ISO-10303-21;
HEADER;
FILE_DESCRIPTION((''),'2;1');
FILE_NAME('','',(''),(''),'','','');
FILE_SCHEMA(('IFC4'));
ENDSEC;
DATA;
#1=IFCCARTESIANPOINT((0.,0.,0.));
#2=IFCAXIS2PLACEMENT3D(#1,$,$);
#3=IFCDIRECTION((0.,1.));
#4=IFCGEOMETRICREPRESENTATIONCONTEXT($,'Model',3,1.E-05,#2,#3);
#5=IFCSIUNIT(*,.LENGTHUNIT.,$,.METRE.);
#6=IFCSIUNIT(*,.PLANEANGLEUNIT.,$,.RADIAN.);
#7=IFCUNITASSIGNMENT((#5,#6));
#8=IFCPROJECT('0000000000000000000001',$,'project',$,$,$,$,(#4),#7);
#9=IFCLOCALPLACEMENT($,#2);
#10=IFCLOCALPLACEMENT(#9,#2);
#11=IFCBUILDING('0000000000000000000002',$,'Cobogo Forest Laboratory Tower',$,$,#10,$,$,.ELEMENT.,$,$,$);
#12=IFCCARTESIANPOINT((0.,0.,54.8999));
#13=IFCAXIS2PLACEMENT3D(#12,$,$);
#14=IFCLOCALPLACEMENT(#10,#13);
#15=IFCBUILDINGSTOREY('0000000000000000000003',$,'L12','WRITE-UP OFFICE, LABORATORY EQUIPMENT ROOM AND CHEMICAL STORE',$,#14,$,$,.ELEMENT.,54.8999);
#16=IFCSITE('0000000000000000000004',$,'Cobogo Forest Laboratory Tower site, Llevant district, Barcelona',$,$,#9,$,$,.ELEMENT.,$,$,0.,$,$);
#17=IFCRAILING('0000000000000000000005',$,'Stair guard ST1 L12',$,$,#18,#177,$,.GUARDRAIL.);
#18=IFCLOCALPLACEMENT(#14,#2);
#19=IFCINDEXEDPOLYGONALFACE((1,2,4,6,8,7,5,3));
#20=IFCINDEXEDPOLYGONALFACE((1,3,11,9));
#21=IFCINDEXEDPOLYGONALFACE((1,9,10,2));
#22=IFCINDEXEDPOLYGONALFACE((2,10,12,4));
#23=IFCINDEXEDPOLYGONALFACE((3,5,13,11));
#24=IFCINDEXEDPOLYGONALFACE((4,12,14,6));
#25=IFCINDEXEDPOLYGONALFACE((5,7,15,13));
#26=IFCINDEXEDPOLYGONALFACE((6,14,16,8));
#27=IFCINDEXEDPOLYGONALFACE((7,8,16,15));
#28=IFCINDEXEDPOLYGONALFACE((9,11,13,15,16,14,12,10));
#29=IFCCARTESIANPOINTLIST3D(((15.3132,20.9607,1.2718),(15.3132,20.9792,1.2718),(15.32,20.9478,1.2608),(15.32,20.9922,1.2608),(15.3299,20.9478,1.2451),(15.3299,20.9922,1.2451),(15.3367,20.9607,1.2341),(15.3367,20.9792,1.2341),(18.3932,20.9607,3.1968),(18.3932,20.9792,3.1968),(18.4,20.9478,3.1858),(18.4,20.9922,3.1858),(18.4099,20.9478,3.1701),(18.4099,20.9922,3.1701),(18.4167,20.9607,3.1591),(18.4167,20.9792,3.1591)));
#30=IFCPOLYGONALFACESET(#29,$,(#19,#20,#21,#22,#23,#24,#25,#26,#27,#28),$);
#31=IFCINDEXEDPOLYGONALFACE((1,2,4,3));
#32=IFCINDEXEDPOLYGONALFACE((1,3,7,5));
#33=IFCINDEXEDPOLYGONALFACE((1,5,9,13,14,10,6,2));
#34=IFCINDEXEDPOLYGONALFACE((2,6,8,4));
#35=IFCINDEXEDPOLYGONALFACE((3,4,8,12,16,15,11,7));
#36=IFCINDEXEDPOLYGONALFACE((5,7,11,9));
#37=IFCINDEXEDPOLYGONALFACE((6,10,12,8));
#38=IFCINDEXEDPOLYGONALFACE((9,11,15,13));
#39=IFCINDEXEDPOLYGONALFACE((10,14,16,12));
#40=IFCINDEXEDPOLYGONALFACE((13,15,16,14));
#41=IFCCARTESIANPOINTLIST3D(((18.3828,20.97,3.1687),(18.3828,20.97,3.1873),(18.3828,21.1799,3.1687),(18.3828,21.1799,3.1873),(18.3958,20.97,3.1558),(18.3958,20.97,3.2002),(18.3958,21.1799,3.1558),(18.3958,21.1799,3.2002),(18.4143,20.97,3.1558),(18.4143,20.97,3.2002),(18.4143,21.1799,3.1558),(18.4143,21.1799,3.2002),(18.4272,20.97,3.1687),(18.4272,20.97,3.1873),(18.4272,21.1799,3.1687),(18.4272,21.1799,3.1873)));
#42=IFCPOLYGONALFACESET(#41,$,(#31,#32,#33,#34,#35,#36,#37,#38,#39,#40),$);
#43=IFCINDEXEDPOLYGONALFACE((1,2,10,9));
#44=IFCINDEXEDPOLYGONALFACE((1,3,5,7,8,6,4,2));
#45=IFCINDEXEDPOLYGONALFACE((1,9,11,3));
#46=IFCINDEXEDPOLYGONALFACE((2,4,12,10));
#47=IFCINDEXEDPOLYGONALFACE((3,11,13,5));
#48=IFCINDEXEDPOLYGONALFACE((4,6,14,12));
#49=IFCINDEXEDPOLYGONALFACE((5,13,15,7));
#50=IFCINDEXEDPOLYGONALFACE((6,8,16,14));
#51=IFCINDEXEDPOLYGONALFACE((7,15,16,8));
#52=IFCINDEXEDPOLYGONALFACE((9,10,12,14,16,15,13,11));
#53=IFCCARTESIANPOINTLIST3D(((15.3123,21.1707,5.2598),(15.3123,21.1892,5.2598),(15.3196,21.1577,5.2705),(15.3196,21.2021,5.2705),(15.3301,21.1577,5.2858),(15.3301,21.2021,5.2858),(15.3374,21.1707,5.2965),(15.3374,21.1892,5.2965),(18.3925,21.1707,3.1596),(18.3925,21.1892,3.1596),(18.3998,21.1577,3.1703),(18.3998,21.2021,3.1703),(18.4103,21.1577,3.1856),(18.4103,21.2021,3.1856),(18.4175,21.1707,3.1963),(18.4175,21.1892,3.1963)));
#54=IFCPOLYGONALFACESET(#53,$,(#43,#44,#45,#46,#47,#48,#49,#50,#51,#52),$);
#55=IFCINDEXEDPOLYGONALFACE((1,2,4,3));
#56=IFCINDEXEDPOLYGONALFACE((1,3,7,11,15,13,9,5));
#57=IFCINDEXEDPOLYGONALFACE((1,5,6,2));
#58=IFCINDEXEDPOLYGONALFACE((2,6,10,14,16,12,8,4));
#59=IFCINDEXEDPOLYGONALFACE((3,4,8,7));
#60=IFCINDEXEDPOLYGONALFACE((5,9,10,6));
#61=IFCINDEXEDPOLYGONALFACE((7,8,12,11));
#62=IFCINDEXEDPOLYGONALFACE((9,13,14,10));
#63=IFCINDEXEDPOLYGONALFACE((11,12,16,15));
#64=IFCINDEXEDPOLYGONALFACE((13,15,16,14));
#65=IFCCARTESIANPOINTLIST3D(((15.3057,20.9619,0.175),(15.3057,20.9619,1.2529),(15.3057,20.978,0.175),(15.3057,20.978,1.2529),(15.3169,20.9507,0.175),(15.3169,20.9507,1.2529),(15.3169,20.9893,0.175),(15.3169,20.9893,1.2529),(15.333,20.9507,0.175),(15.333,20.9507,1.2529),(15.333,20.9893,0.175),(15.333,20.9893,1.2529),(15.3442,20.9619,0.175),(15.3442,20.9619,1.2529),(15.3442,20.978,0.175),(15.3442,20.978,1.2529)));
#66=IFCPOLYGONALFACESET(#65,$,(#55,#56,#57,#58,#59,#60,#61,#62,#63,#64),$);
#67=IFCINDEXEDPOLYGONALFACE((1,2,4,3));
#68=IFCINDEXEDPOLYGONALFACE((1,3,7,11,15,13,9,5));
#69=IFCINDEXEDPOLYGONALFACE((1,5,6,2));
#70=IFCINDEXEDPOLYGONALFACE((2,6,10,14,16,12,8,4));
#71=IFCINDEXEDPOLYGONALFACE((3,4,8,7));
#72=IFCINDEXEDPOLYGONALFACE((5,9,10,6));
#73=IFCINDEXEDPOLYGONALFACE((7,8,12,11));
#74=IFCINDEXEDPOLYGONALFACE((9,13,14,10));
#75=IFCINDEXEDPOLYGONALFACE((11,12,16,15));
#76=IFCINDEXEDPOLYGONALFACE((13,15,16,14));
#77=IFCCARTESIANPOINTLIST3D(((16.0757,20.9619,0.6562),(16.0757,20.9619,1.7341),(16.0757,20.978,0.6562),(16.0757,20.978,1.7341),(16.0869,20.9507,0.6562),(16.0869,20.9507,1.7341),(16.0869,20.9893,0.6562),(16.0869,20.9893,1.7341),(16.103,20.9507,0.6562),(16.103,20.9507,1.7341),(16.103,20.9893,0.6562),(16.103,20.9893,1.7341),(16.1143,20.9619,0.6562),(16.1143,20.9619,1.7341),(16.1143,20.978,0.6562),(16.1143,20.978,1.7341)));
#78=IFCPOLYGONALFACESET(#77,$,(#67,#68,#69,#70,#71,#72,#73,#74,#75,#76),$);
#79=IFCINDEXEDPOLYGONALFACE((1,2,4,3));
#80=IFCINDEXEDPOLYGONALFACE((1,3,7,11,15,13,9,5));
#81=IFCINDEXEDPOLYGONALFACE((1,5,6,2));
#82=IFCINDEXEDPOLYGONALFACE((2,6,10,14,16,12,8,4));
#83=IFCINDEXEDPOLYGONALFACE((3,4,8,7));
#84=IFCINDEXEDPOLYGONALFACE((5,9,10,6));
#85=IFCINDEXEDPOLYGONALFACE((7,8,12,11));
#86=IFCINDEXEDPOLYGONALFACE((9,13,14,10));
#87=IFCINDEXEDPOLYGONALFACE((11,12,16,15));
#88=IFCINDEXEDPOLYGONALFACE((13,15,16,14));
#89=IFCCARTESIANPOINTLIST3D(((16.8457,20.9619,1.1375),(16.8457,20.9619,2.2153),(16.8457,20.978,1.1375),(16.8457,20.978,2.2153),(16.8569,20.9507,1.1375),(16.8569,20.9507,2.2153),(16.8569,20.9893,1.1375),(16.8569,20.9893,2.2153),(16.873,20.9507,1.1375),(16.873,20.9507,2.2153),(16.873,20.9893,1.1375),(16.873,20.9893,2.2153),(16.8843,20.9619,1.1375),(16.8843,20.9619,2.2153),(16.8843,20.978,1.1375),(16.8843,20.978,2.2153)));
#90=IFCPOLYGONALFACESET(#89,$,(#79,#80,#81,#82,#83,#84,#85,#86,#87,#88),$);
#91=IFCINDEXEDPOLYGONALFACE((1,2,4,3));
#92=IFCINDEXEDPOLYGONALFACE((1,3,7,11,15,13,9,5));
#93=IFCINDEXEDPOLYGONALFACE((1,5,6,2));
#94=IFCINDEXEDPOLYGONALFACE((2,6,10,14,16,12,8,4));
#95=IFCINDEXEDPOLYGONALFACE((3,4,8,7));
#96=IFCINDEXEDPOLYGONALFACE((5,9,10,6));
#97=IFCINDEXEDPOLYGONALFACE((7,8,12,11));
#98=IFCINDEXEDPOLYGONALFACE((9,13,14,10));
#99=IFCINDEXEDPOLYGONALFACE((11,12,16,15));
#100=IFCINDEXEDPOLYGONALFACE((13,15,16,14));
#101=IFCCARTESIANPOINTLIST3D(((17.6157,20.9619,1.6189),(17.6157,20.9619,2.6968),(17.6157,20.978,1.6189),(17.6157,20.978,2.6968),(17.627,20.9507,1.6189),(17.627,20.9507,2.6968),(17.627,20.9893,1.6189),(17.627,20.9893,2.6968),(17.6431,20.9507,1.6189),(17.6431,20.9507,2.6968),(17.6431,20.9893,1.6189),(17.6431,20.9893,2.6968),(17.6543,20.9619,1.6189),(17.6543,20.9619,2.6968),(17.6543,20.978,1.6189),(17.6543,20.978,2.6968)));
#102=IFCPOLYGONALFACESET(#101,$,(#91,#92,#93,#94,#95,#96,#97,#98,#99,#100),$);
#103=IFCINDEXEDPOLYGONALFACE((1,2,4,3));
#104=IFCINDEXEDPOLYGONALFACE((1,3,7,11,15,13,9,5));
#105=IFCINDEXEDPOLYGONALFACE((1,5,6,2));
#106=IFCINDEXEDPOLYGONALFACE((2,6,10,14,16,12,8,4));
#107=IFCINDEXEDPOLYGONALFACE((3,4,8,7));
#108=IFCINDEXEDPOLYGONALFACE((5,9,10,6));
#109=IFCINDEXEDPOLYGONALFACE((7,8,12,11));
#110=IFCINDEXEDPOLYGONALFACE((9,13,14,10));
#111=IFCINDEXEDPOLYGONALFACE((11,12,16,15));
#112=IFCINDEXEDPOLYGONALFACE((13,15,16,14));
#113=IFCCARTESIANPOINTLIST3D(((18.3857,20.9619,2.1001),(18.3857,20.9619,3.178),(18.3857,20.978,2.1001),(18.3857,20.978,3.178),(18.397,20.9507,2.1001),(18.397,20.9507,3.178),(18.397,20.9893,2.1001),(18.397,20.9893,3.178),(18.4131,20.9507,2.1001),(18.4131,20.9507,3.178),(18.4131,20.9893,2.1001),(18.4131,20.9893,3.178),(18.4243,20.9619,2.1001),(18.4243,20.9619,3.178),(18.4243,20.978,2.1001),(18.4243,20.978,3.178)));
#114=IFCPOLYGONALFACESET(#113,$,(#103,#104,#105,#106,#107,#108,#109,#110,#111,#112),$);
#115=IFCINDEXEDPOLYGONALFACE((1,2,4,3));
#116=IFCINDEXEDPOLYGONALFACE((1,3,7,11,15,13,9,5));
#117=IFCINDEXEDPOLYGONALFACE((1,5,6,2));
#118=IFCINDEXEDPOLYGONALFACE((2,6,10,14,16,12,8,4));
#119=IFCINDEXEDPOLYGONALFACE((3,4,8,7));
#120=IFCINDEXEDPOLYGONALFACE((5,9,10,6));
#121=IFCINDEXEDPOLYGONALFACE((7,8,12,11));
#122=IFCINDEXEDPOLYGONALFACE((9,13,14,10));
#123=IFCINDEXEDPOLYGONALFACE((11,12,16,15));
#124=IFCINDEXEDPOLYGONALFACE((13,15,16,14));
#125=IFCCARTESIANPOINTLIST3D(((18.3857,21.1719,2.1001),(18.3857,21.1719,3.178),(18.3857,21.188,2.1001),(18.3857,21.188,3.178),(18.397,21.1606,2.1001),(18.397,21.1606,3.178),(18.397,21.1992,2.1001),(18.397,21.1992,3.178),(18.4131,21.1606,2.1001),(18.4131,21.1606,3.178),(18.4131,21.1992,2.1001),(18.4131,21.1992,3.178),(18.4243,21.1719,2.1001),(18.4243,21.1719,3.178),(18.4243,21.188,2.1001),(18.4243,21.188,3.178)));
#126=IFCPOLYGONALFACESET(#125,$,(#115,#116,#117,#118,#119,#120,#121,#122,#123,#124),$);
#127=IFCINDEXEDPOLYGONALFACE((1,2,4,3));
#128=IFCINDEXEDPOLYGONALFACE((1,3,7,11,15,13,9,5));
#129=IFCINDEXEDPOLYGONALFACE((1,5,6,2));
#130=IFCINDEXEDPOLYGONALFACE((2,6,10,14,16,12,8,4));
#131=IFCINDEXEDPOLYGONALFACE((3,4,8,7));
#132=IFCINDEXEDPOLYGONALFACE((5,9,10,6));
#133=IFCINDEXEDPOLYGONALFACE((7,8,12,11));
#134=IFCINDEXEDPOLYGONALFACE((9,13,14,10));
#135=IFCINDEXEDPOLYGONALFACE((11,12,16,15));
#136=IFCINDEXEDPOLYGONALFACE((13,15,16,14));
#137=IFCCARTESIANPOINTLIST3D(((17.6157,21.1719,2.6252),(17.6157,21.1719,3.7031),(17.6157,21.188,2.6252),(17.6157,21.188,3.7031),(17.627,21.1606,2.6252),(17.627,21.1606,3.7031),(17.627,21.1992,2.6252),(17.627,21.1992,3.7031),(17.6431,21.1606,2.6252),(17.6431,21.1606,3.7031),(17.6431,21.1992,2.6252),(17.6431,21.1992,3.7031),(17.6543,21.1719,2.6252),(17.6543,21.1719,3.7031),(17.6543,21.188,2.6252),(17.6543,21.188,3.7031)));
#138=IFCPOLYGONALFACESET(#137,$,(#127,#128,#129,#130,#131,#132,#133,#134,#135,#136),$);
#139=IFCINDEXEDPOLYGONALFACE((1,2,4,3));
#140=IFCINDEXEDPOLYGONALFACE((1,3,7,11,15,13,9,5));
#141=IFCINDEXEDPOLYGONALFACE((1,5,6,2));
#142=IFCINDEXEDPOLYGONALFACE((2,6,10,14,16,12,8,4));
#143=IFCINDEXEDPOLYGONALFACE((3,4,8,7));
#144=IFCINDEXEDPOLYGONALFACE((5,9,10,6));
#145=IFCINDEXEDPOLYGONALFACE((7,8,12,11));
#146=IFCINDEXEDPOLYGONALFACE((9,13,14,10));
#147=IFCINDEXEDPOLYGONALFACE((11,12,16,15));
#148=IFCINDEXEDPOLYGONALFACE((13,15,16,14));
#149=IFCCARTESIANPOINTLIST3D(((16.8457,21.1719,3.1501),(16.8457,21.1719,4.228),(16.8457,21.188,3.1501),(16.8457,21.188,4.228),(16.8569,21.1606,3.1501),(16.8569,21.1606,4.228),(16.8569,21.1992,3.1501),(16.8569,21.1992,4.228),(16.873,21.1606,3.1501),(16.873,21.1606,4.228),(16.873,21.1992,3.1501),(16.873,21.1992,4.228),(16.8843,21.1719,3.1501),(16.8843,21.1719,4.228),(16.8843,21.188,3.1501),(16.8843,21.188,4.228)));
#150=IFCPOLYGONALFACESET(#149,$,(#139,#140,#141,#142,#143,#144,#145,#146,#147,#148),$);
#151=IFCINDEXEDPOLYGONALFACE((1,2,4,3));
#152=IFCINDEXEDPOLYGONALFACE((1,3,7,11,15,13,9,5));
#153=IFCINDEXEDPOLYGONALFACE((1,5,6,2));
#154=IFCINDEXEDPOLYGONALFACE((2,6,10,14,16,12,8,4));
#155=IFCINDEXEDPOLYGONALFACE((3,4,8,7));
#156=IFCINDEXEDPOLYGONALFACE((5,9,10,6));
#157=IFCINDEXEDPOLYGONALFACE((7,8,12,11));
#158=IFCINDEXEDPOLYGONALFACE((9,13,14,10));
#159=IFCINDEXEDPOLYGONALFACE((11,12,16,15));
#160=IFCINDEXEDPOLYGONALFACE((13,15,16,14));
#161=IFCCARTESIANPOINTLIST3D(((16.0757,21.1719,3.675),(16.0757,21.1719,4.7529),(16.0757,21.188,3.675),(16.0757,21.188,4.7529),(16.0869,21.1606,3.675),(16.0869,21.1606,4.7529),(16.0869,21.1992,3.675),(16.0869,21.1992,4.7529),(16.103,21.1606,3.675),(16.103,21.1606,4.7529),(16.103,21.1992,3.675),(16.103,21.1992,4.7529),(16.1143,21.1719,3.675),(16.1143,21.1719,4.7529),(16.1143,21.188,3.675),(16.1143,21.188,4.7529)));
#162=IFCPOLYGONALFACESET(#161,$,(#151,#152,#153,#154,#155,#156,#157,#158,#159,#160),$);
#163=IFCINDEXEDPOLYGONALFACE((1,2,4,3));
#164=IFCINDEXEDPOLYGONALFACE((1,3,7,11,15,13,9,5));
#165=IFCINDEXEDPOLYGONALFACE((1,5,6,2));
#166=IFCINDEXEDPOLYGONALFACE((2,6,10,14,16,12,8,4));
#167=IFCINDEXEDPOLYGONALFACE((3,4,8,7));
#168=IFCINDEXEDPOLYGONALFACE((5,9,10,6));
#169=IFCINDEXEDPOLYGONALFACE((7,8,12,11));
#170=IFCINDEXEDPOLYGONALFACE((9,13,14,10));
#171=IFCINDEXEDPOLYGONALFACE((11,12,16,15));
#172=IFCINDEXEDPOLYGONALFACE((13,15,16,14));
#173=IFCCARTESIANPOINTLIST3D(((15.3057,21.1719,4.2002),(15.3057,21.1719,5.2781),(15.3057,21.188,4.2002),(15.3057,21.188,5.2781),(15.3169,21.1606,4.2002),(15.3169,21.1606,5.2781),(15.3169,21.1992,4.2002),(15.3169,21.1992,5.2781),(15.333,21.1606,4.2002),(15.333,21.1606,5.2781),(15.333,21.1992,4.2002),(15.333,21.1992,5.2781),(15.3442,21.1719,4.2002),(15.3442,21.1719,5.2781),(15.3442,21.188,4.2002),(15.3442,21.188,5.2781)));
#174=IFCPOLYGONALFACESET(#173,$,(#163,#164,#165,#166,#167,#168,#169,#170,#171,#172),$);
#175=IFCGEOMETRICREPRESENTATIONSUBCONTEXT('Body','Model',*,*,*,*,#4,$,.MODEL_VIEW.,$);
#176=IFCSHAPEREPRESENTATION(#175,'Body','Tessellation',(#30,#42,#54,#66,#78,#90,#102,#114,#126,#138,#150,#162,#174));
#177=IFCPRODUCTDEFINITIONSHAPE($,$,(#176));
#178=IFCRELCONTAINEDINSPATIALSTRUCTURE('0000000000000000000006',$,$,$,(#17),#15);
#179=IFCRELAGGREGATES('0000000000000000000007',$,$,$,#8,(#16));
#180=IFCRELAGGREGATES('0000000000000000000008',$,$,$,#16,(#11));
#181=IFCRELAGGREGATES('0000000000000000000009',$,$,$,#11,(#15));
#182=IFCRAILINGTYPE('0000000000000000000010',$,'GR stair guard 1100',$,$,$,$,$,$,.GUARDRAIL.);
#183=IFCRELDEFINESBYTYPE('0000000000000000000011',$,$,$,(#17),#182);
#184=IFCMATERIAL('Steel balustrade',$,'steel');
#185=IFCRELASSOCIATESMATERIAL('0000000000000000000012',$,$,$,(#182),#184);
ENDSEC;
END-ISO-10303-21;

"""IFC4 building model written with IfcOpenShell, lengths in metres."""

from ifc_helpers import new_model, si_unit, direction, frame, origin, place, context, subcontext, project, spatial, polyline, outline, extrude, material, type_object, element, save


model = new_model("IFC4")

# Units and contexts
model_context = context("Model", 3, precision=1e-05, world=origin(), true_north=direction((0.0, 1.0)))
body_context = subcontext(model_context, "Body", "Model", "MODEL_VIEW")
ifc_project = project(units=[si_unit("LENGTHUNIT", "METRE"), si_unit("PLANEANGLEUNIT", "RADIAN")], contexts=[model_context])

# Site, building, storey
site_placement = place(None, origin())
site = spatial("IfcSite", under=ifc_project, at=site_placement, Name="Cobogo Forest Laboratory Tower site, Llevant district, Barcelona", CompositionType="ELEMENT", RefElevation=0.0)
building_placement = place(site_placement, origin())
building = spatial("IfcBuilding", under=site, at=building_placement, Name="Cobogo Forest Laboratory Tower", CompositionType="ELEMENT")
storey_placement = place(building_placement, frame((0.0, 0.0, 54.8999)))
storey = spatial("IfcBuildingStorey", under=building, at=storey_placement, Name="L12", Description="WRITE-UP OFFICE, LABORATORY EQUIPMENT ROOM AND CHEMICAL STORE", CompositionType="ELEMENT", Elevation=54.8999)

# Railing
ifc_material_1 = material(Name="Steel balustrade", Category="steel")
railing_type_1 = type_object("IfcRailingType", Name="GR stair guard 1100", PredefinedType="GUARDRAIL", material=ifc_material_1)
railing_1_placement = place(storey_placement, frame((15.325, 20.97, 0.175)))
element("IfcRailing", 1, at=railing_1_placement, inside=storey, type_object=railing_type_1, Name="Stair guard ST1 L12", PredefinedType="GUARDRAIL", context=body_context, shape_type="SweptSolid", body=[
    extrude(outline(polyline([(0.0222, 0.0093), (0.0093, 0.0222), (-0.0093, 0.0222), (-0.0222, 0.0093), (-0.0222, -0.0093), (-0.0093, -0.0222), (0.0093, -0.0222), (0.0222, -0.0093), (0.0222, 0.0093)])), frame((0.0, 0.0, 1.0779), z_axis=(0.847998, 0.0, 0.529999), x_axis=(0.0, 1.0, 0.0)), (0.0, 0.0, 1.0), 3.6321),
    extrude(outline(polyline([(0.0222, 0.0093), (0.0093, 0.0222), (-0.0093, 0.0222), (-0.0222, 0.0093), (-0.0222, -0.0093), (-0.0093, -0.0222), (0.0093, -0.0222), (0.0222, -0.0093), (0.0222, 0.0093)])), frame((3.0801, 0.0, 3.0029), z_axis=(0.0, 1.0, 0.0), x_axis=(-1.0, 0.0, 0.0)), (0.0, 0.0, 1.0), 0.21),
    extrude(outline(polyline([(0.0222, 0.0093), (0.0093, 0.0222), (-0.0093, 0.0222), (-0.0222, 0.0093), (-0.0222, -0.0093), (-0.0093, -0.0222), (0.0093, -0.0222), (0.0222, -0.0093), (0.0222, 0.0093)])), frame((3.0801, 0.21, 3.0029), z_axis=(-0.826222, 0.0, 0.563345), x_axis=(0.0, -1.0, 0.0)), (0.0, 0.0, 1.0), 3.728),
    extrude(outline(polyline([(0.0193, 0.0081), (0.0081, 0.0193), (-0.0081, 0.0193), (-0.0193, 0.0081), (-0.0193, -0.0081), (-0.0081, -0.0193), (0.0081, -0.0193), (0.0193, -0.0081), (0.0193, 0.0081)])), origin(), (0.0, 0.0, 1.0), 1.0779),
    extrude(outline(polyline([(0.0193, 0.0081), (0.0081, 0.0193), (-0.0081, 0.0193), (-0.0193, 0.0081), (-0.0193, -0.0081), (-0.0081, -0.0193), (0.0081, -0.0193), (0.0193, -0.0081), (0.0193, 0.0081)])), frame((0.77, 0.0, 0.4812)), (0.0, 0.0, 1.0), 1.0779),
    extrude(outline(polyline([(0.0193, 0.0081), (0.0081, 0.0193), (-0.0081, 0.0193), (-0.0193, 0.0081), (-0.0193, -0.0081), (-0.0081, -0.0193), (0.0081, -0.0193), (0.0193, -0.0081), (0.0193, 0.0081)])), frame((1.54, 0.0, 0.9624)), (0.0, 0.0, 1.0), 1.0779),
    extrude(outline(polyline([(0.0193, 0.0081), (0.0081, 0.0193), (-0.0081, 0.0193), (-0.0193, 0.0081), (-0.0193, -0.0081), (-0.0081, -0.0193), (0.0081, -0.0193), (0.0193, -0.0081), (0.0193, 0.0081)])), frame((2.3101, 0.0, 1.4438)), (0.0, 0.0, 1.0), 1.0779),
    extrude(outline(polyline([(0.0193, 0.0081), (0.0081, 0.0193), (-0.0081, 0.0193), (-0.0193, 0.0081), (-0.0193, -0.0081), (-0.0081, -0.0193), (0.0081, -0.0193), (0.0193, -0.0081), (0.0193, 0.0081)])), frame((3.0801, 0.0, 1.925)), (0.0, 0.0, 1.0), 1.0779),
    extrude(outline(polyline([(0.0193, 0.0081), (0.0081, 0.0193), (-0.0081, 0.0193), (-0.0193, 0.0081), (-0.0193, -0.0081), (-0.0081, -0.0193), (0.0081, -0.0193), (0.0193, -0.0081), (0.0193, 0.0081)])), frame((3.0801, 0.21, 1.925)), (0.0, 0.0, 1.0), 1.0779),
    extrude(outline(polyline([(0.0193, 0.0081), (0.0081, 0.0193), (-0.0081, 0.0193), (-0.0193, 0.0081), (-0.0193, -0.0081), (-0.0081, -0.0193), (0.0081, -0.0193), (0.0193, -0.0081), (0.0193, 0.0081)])), frame((2.3101, 0.21, 2.4502)), (0.0, 0.0, 1.0), 1.0779),
    extrude(outline(polyline([(0.0193, 0.0081), (0.0081, 0.0193), (-0.0081, 0.0193), (-0.0193, 0.0081), (-0.0193, -0.0081), (-0.0081, -0.0193), (0.0081, -0.0193), (0.0193, -0.0081), (0.0193, 0.0081)])), frame((1.54, 0.21, 2.9751)), (0.0, 0.0, 1.0), 1.0779),
    extrude(outline(polyline([(0.0193, 0.0081), (0.0081, 0.0193), (-0.0081, 0.0193), (-0.0193, 0.0081), (-0.0193, -0.0081), (-0.0081, -0.0193), (0.0081, -0.0193), (0.0193, -0.0081), (0.0193, 0.0081)])), frame((0.77, 0.21, 3.5)), (0.0, 0.0, 1.0), 1.0779),
    extrude(outline(polyline([(0.0193, 0.0081), (0.0081, 0.0193), (-0.0081, 0.0193), (-0.0193, 0.0081), (-0.0193, -0.0081), (-0.0081, -0.0193), (0.0081, -0.0193), (0.0193, -0.0081), (0.0193, 0.0081)])), frame((0.0, 0.21, 4.0251)), (0.0, 0.0, 1.0), 1.0779),
])

save(model, "model.ifc")
